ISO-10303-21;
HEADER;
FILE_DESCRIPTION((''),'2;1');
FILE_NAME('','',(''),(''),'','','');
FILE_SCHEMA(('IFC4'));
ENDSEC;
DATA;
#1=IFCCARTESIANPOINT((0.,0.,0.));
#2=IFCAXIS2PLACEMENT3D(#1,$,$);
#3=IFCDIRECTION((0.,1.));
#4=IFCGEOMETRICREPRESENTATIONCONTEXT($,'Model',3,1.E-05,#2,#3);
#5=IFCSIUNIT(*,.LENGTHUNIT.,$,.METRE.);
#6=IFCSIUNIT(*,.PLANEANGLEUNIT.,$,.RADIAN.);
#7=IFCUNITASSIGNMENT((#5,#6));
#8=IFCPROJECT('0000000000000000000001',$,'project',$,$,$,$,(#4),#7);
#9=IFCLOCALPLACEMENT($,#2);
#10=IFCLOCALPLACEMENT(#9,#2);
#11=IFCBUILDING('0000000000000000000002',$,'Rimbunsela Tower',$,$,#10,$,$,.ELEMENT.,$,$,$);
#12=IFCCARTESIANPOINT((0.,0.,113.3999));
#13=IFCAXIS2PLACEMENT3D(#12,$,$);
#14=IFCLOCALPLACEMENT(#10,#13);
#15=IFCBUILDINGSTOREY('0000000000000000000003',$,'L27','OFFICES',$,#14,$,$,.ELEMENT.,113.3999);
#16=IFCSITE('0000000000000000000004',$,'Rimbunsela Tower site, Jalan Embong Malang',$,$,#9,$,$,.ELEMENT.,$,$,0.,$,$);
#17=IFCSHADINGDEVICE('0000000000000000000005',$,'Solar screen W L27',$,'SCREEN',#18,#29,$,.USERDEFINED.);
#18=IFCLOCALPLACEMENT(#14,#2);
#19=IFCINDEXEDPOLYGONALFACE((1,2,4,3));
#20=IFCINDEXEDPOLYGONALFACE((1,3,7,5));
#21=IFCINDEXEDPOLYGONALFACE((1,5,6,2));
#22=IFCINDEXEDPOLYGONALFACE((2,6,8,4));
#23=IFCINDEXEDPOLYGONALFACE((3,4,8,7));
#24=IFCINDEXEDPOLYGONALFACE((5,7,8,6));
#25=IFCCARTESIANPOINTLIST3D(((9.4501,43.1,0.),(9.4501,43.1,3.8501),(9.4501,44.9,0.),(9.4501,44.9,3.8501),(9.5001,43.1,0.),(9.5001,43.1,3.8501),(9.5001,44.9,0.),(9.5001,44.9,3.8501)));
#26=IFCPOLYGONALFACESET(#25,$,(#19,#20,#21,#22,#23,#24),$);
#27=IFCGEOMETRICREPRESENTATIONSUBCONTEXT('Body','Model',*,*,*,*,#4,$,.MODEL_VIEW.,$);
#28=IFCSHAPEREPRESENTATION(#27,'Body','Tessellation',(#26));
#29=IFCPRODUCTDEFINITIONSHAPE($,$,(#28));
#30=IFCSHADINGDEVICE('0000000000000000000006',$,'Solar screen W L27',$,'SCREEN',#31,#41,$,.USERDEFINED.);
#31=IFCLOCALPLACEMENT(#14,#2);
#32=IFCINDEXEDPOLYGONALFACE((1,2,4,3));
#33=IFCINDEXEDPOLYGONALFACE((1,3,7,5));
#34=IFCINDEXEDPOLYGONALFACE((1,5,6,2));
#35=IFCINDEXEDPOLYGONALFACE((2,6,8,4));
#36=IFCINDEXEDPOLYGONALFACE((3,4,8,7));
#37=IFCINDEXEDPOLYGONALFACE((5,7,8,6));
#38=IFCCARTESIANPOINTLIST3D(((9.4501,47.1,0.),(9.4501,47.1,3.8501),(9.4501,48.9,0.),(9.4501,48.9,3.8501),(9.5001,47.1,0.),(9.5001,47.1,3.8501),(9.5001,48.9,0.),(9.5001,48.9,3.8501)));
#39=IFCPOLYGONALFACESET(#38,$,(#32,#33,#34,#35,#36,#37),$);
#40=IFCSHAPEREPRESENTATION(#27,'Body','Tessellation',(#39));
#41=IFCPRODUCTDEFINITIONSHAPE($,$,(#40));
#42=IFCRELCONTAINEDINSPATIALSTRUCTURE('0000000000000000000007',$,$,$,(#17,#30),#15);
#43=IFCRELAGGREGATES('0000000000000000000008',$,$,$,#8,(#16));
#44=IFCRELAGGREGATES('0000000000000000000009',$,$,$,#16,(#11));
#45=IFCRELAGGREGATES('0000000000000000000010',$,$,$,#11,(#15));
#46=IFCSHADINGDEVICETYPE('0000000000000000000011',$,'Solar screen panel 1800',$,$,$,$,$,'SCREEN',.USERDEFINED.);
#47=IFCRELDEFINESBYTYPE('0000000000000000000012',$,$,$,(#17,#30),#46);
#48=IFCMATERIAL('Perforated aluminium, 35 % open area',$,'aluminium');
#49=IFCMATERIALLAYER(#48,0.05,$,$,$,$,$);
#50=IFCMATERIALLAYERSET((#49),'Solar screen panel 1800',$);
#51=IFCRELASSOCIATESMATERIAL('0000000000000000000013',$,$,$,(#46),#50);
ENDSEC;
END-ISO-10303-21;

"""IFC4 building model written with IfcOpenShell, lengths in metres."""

from ifc_helpers import new_model, si_unit, direction, frame, origin, origin_2d, place, context, subcontext, project, spatial, rectangle, extrude, material, layer, layer_set, type_object, element, save


model = new_model("IFC4")

# Units and contexts
model_context = context("Model", 3, precision=1e-05, world=origin(), true_north=direction((0.0, 1.0)))
body_context = subcontext(model_context, "Body", "Model", "MODEL_VIEW")
ifc_project = project(units=[si_unit("LENGTHUNIT", "METRE"), si_unit("PLANEANGLEUNIT", "RADIAN")], contexts=[model_context])

# Site, building, storey
site_placement = place(None, origin())
site = spatial("IfcSite", under=ifc_project, at=site_placement, Name="Rimbunsela Tower site, Jalan Embong Malang", CompositionType="ELEMENT", RefElevation=0.0)
building_placement = place(site_placement, origin())
building = spatial("IfcBuilding", under=site, at=building_placement, Name="Rimbunsela Tower", CompositionType="ELEMENT")
storey_placement = place(building_placement, frame((0.0, 0.0, 113.3999)))
storey = spatial("IfcBuildingStorey", under=building, at=storey_placement, Name="L27", Description="OFFICES", CompositionType="ELEMENT", Elevation=113.3999)

# Shading devices
ifc_material_1 = material(Name="Perforated aluminium, 35 % open area", Category="aluminium")
ifc_layer_1 = layer(ifc_material_1, 0.05)
ifc_layer_set_1 = layer_set([ifc_layer_1], Name="Solar screen panel 1800")
shading_device_type = type_object("IfcShadingDeviceType", Name="Solar screen panel 1800", ElementType="SCREEN", PredefinedType="USERDEFINED", material=ifc_layer_set_1)
for number, where, z_axis, x_axis, name in (
    (1, (9.4751, 44.0, 0.0), (0.0, 0.0, 1.0), (0.0, 1.0, 0.0), "Solar screen W L27"),
    (2, (9.4751, 48.0, 0.0), (0.0, 0.0, 1.0), (0.0, 1.0, 0.0), "Solar screen W L27"),
):
    element("IfcShadingDevice", number, at=place(storey_placement, frame(where, z_axis=z_axis, x_axis=x_axis)), inside=storey, type_object=shading_device_type, Name=name, ObjectType="SCREEN", PredefinedType="USERDEFINED", context=body_context, shape_type="SweptSolid", body=[
        extrude(rectangle(XDim=1.8, YDim=0.05, at=origin_2d()), origin(), (0.0, 0.0, 1.0), 3.8501),
    ])

save(model, "model.ifc")
